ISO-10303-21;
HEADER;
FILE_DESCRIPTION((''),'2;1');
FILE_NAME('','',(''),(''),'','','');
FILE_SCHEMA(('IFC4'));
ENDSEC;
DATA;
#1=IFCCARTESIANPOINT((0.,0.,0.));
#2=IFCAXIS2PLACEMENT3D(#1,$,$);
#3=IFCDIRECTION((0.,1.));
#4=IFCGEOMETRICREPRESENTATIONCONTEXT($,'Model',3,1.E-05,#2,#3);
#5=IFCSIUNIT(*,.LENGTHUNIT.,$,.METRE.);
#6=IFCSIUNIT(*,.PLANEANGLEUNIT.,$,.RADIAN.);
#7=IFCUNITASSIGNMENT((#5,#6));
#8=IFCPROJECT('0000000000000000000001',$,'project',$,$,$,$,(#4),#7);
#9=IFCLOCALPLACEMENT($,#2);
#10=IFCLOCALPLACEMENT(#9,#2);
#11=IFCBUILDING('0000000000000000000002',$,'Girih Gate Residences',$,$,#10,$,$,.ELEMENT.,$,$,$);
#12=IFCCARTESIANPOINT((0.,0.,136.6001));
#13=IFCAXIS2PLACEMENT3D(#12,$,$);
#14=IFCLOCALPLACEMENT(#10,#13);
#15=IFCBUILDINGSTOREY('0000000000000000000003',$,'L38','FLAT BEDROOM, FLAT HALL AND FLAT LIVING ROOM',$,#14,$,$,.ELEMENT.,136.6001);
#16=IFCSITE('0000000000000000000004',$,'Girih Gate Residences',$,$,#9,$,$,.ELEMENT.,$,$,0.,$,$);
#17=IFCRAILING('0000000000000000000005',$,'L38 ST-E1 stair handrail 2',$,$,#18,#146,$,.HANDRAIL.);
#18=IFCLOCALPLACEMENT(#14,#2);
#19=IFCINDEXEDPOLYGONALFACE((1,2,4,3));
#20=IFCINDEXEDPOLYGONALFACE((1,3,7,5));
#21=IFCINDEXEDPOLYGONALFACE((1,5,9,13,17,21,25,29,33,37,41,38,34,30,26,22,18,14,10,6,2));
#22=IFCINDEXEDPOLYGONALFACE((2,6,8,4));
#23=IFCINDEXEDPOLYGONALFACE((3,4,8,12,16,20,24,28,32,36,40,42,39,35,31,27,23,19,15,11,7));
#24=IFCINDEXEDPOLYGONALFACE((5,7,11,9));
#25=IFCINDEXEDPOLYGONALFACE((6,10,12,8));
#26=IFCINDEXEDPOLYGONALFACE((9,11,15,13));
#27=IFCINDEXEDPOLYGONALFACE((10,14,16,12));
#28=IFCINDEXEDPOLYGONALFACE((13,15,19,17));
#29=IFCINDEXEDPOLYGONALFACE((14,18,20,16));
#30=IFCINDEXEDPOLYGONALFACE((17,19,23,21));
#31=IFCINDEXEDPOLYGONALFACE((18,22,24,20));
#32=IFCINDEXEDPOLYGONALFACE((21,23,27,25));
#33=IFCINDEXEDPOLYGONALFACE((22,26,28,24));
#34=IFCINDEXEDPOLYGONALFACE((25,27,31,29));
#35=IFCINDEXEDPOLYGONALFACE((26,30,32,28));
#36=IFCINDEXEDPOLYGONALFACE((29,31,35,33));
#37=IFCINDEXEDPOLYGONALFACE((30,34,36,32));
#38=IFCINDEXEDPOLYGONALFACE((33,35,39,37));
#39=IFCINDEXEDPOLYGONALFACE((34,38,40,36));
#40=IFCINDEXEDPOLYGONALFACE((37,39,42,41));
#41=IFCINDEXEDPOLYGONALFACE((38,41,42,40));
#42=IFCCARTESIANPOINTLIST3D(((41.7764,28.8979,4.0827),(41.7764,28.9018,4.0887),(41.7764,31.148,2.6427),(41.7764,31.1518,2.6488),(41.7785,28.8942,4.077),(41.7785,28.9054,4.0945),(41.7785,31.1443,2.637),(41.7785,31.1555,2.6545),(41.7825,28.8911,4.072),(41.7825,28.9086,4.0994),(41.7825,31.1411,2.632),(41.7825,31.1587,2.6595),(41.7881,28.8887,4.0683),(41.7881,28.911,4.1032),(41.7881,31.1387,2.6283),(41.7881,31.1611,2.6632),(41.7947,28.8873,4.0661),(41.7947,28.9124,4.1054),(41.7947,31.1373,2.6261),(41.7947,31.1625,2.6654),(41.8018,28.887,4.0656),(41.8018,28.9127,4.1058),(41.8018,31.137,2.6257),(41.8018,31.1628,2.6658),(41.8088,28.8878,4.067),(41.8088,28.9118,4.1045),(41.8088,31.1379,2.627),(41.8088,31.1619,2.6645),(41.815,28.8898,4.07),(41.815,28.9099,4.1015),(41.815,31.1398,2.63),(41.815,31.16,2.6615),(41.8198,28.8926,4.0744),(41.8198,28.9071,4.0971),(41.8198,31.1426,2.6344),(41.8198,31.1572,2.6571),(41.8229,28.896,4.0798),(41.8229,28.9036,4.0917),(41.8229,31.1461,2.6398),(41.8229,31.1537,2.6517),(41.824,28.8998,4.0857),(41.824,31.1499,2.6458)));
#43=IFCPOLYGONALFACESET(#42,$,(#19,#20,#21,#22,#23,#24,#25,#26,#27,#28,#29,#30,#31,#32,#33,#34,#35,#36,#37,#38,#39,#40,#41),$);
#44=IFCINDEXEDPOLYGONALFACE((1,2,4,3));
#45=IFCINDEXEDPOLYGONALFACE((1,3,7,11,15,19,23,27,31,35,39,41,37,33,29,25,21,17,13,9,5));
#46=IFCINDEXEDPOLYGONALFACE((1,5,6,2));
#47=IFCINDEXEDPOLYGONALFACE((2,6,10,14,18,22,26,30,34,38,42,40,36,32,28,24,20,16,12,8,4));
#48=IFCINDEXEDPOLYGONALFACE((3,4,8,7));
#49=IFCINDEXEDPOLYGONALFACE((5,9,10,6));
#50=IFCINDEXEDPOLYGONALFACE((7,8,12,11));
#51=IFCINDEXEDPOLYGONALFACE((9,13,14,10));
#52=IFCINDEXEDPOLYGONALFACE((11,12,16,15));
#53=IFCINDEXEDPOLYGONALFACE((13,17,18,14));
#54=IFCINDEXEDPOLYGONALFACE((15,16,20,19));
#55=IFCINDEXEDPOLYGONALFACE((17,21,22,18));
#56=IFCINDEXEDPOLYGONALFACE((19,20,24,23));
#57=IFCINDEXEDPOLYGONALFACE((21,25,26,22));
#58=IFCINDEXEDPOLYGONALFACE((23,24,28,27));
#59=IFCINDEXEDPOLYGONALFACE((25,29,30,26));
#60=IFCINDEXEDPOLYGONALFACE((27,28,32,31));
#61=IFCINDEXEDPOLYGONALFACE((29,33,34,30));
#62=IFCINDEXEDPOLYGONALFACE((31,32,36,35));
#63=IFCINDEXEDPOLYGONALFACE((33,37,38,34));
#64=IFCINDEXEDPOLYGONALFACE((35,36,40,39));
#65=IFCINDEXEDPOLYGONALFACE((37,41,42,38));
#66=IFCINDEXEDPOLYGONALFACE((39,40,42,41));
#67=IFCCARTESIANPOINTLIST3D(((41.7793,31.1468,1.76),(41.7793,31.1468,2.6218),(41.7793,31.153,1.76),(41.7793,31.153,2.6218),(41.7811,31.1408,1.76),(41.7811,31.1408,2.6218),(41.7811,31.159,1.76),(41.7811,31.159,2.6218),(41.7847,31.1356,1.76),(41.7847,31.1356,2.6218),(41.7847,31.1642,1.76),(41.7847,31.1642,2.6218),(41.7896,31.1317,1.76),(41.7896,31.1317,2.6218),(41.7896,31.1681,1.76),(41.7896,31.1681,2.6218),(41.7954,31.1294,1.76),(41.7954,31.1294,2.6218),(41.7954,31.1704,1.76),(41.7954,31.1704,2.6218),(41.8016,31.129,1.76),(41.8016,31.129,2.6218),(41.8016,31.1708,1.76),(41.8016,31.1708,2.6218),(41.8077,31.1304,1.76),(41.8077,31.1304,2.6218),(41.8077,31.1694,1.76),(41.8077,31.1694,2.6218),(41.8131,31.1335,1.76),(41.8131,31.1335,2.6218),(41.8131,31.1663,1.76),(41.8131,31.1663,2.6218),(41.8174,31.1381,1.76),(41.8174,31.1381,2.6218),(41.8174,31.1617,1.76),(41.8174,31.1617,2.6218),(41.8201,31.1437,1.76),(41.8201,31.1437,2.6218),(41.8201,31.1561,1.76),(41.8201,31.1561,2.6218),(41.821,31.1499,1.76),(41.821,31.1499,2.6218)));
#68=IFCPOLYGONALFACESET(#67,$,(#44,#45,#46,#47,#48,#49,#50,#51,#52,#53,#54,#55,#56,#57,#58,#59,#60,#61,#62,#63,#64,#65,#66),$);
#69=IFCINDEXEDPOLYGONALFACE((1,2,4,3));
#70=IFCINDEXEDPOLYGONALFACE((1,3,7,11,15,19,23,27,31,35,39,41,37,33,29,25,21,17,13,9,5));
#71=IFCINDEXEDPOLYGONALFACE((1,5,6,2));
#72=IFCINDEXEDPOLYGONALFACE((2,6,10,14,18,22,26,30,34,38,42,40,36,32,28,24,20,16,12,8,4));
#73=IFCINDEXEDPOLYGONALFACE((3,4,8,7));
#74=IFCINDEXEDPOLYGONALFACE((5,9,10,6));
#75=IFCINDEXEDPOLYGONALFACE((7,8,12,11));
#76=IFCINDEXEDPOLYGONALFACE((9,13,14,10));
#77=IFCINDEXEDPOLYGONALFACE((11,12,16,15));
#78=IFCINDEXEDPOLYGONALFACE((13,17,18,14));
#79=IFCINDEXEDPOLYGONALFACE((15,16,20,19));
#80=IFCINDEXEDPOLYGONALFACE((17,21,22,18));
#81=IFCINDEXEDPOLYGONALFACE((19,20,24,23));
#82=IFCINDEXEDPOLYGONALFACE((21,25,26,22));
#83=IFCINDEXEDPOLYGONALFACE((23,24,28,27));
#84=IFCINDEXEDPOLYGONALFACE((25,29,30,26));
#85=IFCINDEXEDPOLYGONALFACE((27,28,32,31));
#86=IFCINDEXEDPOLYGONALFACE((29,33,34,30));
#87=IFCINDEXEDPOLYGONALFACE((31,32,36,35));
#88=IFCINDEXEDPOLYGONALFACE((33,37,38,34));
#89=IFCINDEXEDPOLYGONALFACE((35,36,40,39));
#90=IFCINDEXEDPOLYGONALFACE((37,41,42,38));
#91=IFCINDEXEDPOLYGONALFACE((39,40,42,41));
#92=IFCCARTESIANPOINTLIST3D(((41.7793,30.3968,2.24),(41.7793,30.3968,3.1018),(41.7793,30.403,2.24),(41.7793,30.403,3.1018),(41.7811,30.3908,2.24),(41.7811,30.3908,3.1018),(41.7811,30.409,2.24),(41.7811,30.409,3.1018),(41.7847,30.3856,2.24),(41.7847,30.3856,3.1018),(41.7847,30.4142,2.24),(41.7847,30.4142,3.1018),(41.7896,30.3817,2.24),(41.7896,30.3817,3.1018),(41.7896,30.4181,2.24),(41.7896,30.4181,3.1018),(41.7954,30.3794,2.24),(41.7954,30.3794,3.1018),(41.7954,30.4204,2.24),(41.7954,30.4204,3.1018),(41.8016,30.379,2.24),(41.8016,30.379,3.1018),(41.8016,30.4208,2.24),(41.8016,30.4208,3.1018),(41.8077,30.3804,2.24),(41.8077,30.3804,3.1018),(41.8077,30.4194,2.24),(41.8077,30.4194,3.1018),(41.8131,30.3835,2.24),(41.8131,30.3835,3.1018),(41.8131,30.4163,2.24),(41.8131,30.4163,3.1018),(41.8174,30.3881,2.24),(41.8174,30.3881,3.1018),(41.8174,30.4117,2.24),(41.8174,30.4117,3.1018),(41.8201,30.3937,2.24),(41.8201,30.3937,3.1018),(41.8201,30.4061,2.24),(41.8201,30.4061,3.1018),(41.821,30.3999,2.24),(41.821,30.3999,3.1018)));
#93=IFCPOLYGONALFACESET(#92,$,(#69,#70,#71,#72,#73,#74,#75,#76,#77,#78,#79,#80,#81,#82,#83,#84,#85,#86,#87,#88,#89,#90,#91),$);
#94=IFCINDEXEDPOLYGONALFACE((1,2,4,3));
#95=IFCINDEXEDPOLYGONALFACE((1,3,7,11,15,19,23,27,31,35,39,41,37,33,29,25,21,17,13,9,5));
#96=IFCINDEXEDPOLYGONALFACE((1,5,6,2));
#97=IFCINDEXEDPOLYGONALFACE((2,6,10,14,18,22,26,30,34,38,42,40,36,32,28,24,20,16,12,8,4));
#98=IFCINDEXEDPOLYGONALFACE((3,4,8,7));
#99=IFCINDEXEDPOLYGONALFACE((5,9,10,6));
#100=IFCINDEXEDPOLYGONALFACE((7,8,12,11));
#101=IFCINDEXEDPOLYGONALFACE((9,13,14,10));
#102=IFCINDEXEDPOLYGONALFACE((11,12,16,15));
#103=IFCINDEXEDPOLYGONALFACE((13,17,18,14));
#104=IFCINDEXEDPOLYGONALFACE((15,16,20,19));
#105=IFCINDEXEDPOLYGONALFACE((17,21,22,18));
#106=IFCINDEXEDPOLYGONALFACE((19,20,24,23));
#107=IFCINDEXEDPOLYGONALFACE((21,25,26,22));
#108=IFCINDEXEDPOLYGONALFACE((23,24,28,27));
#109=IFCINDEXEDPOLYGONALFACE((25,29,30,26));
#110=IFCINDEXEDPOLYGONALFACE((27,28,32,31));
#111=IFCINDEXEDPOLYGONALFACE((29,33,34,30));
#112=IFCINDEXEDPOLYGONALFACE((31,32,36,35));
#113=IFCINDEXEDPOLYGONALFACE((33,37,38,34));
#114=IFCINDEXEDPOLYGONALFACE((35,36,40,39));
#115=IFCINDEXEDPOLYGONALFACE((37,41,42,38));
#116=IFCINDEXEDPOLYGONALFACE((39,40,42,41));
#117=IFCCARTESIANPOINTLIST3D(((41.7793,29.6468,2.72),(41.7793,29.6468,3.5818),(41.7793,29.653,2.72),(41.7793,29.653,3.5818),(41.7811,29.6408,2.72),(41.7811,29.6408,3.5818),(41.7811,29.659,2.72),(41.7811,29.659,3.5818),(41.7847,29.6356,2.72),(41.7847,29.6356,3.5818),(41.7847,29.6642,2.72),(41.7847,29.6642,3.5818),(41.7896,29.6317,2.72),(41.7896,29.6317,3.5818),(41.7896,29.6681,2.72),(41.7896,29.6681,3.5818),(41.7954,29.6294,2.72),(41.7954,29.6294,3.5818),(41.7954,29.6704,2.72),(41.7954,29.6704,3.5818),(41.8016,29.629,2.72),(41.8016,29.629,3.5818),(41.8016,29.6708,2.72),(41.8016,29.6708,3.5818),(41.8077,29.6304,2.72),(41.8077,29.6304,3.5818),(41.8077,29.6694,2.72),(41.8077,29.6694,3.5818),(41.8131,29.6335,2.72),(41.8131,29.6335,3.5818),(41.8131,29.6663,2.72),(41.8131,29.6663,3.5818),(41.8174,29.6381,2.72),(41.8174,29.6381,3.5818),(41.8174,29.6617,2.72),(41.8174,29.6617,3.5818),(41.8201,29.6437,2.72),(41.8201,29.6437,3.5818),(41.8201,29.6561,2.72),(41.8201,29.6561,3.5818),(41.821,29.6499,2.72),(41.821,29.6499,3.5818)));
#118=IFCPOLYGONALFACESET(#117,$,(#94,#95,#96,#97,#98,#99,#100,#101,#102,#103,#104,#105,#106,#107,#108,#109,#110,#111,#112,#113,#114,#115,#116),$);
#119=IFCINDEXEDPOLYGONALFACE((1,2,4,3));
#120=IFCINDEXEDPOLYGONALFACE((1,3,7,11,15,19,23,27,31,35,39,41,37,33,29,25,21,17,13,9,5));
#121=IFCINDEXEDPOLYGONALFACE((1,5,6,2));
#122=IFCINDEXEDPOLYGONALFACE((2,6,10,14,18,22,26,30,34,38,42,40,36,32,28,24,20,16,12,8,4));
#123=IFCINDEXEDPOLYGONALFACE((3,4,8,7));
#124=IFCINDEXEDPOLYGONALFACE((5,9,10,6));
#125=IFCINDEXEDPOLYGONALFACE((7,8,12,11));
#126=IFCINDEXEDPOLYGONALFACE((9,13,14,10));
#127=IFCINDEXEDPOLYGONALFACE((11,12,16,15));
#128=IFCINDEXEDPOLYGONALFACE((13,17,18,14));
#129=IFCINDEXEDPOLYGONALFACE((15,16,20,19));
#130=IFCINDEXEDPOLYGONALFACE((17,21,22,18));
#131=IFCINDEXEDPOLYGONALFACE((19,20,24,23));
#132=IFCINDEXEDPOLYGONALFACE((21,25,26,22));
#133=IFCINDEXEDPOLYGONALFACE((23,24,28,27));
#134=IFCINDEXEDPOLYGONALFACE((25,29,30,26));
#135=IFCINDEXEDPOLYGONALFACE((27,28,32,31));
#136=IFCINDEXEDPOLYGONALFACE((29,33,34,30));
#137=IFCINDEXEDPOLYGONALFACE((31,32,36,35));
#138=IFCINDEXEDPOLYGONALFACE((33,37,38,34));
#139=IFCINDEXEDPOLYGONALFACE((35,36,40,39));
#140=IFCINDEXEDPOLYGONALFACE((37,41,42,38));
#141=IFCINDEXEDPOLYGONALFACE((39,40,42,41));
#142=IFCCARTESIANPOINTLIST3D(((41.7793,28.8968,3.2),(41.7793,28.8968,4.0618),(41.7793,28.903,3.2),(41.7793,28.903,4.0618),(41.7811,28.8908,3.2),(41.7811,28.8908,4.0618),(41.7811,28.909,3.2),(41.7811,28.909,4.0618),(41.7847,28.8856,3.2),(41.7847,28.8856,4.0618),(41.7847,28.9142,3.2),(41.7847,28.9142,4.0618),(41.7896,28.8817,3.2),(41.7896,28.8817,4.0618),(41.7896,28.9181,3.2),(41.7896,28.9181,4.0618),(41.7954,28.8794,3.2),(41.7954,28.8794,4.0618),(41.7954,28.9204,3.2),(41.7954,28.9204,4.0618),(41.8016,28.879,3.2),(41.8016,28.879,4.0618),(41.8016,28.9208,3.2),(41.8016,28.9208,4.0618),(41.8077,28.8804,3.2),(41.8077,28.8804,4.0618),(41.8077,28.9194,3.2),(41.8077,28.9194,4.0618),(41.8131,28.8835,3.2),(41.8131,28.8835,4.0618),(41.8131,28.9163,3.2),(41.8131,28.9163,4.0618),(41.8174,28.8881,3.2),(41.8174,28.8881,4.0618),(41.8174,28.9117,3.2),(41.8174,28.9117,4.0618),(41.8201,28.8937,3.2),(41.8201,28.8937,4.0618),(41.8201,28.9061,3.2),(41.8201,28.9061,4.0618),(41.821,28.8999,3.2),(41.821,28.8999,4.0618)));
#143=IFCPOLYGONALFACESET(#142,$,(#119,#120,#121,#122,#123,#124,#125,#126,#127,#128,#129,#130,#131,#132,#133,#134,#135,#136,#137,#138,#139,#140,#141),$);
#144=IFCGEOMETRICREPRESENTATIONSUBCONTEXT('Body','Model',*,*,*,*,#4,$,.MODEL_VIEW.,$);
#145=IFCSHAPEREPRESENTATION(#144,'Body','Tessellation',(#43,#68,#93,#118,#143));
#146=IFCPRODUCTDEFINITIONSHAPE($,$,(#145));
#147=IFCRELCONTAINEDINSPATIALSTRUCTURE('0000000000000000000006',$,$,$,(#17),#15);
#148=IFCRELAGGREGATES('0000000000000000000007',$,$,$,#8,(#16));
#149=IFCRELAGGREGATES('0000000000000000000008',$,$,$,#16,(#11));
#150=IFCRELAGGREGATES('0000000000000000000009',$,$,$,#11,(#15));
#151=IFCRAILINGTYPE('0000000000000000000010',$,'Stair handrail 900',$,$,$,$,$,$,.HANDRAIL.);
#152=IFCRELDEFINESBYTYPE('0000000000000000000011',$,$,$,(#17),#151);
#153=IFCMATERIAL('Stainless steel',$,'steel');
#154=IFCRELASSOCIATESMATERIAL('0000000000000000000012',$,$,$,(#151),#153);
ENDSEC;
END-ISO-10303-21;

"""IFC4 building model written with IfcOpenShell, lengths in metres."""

from ifc_helpers import new_model, si_unit, direction, frame, origin, origin_2d, place, context, subcontext, project, spatial, circle, extrude, material, type_object, element, save


model = new_model("IFC4")

# Units and contexts
model_context = context("Model", 3, precision=1e-05, world=origin(), true_north=direction((0.0, 1.0)))
body_context = subcontext(model_context, "Body", "Model", "MODEL_VIEW")
ifc_project = project(units=[si_unit("LENGTHUNIT", "METRE"), si_unit("PLANEANGLEUNIT", "RADIAN")], contexts=[model_context])

# Site, building, storey
site_placement = place(None, origin())
site = spatial("IfcSite", under=ifc_project, at=site_placement, Name="Girih Gate Residences", CompositionType="ELEMENT", RefElevation=0.0)
building_placement = place(site_placement, origin())
building = spatial("IfcBuilding", under=site, at=building_placement, Name="Girih Gate Residences", CompositionType="ELEMENT")
storey_placement = place(building_placement, frame((0.0, 0.0, 136.6001)))
storey = spatial("IfcBuildingStorey", under=building, at=storey_placement, Name="L38", Description="FLAT BEDROOM, FLAT HALL AND FLAT LIVING ROOM", CompositionType="ELEMENT", Elevation=136.6001)

# Railing
ifc_material_1 = material(Name="Stainless steel", Category="steel")
railing_type_1 = type_object("IfcRailingType", Name="Stair handrail 900", PredefinedType="HANDRAIL", material=ifc_material_1)
railing_1_placement = place(storey_placement, frame((41.8, 31.1499, 1.76)))
element("IfcRailing", 1, at=railing_1_placement, inside=storey, type_object=railing_type_1, Name="L38 ST-E1 stair handrail 2", PredefinedType="HANDRAIL", context=body_context, shape_type="SweptSolid", body=[
    extrude(circle(Radius=0.0239, at=origin_2d()), frame((0.0, 0.0, 0.8857), z_axis=(0.0, -0.842281, 0.539038), x_axis=(1.0, 0.0, 0.0)), (0.0, 0.0, 1.0), 2.6714),
    extrude(circle(Radius=0.021, at=origin_2d()), origin(), (0.0, 0.0, 1.0), 0.8618),
    extrude(circle(Radius=0.021, at=origin_2d()), frame((0.0, -0.75, 0.48)), (0.0, 0.0, 1.0), 0.8618),
    extrude(circle(Radius=0.021, at=origin_2d()), frame((0.0, -1.5, 0.96)), (0.0, 0.0, 1.0), 0.8618),
    extrude(circle(Radius=0.021, at=origin_2d()), frame((0.0, -2.25, 1.4399)), (0.0, 0.0, 1.0), 0.8618),
])

save(model, "model.ifc")
